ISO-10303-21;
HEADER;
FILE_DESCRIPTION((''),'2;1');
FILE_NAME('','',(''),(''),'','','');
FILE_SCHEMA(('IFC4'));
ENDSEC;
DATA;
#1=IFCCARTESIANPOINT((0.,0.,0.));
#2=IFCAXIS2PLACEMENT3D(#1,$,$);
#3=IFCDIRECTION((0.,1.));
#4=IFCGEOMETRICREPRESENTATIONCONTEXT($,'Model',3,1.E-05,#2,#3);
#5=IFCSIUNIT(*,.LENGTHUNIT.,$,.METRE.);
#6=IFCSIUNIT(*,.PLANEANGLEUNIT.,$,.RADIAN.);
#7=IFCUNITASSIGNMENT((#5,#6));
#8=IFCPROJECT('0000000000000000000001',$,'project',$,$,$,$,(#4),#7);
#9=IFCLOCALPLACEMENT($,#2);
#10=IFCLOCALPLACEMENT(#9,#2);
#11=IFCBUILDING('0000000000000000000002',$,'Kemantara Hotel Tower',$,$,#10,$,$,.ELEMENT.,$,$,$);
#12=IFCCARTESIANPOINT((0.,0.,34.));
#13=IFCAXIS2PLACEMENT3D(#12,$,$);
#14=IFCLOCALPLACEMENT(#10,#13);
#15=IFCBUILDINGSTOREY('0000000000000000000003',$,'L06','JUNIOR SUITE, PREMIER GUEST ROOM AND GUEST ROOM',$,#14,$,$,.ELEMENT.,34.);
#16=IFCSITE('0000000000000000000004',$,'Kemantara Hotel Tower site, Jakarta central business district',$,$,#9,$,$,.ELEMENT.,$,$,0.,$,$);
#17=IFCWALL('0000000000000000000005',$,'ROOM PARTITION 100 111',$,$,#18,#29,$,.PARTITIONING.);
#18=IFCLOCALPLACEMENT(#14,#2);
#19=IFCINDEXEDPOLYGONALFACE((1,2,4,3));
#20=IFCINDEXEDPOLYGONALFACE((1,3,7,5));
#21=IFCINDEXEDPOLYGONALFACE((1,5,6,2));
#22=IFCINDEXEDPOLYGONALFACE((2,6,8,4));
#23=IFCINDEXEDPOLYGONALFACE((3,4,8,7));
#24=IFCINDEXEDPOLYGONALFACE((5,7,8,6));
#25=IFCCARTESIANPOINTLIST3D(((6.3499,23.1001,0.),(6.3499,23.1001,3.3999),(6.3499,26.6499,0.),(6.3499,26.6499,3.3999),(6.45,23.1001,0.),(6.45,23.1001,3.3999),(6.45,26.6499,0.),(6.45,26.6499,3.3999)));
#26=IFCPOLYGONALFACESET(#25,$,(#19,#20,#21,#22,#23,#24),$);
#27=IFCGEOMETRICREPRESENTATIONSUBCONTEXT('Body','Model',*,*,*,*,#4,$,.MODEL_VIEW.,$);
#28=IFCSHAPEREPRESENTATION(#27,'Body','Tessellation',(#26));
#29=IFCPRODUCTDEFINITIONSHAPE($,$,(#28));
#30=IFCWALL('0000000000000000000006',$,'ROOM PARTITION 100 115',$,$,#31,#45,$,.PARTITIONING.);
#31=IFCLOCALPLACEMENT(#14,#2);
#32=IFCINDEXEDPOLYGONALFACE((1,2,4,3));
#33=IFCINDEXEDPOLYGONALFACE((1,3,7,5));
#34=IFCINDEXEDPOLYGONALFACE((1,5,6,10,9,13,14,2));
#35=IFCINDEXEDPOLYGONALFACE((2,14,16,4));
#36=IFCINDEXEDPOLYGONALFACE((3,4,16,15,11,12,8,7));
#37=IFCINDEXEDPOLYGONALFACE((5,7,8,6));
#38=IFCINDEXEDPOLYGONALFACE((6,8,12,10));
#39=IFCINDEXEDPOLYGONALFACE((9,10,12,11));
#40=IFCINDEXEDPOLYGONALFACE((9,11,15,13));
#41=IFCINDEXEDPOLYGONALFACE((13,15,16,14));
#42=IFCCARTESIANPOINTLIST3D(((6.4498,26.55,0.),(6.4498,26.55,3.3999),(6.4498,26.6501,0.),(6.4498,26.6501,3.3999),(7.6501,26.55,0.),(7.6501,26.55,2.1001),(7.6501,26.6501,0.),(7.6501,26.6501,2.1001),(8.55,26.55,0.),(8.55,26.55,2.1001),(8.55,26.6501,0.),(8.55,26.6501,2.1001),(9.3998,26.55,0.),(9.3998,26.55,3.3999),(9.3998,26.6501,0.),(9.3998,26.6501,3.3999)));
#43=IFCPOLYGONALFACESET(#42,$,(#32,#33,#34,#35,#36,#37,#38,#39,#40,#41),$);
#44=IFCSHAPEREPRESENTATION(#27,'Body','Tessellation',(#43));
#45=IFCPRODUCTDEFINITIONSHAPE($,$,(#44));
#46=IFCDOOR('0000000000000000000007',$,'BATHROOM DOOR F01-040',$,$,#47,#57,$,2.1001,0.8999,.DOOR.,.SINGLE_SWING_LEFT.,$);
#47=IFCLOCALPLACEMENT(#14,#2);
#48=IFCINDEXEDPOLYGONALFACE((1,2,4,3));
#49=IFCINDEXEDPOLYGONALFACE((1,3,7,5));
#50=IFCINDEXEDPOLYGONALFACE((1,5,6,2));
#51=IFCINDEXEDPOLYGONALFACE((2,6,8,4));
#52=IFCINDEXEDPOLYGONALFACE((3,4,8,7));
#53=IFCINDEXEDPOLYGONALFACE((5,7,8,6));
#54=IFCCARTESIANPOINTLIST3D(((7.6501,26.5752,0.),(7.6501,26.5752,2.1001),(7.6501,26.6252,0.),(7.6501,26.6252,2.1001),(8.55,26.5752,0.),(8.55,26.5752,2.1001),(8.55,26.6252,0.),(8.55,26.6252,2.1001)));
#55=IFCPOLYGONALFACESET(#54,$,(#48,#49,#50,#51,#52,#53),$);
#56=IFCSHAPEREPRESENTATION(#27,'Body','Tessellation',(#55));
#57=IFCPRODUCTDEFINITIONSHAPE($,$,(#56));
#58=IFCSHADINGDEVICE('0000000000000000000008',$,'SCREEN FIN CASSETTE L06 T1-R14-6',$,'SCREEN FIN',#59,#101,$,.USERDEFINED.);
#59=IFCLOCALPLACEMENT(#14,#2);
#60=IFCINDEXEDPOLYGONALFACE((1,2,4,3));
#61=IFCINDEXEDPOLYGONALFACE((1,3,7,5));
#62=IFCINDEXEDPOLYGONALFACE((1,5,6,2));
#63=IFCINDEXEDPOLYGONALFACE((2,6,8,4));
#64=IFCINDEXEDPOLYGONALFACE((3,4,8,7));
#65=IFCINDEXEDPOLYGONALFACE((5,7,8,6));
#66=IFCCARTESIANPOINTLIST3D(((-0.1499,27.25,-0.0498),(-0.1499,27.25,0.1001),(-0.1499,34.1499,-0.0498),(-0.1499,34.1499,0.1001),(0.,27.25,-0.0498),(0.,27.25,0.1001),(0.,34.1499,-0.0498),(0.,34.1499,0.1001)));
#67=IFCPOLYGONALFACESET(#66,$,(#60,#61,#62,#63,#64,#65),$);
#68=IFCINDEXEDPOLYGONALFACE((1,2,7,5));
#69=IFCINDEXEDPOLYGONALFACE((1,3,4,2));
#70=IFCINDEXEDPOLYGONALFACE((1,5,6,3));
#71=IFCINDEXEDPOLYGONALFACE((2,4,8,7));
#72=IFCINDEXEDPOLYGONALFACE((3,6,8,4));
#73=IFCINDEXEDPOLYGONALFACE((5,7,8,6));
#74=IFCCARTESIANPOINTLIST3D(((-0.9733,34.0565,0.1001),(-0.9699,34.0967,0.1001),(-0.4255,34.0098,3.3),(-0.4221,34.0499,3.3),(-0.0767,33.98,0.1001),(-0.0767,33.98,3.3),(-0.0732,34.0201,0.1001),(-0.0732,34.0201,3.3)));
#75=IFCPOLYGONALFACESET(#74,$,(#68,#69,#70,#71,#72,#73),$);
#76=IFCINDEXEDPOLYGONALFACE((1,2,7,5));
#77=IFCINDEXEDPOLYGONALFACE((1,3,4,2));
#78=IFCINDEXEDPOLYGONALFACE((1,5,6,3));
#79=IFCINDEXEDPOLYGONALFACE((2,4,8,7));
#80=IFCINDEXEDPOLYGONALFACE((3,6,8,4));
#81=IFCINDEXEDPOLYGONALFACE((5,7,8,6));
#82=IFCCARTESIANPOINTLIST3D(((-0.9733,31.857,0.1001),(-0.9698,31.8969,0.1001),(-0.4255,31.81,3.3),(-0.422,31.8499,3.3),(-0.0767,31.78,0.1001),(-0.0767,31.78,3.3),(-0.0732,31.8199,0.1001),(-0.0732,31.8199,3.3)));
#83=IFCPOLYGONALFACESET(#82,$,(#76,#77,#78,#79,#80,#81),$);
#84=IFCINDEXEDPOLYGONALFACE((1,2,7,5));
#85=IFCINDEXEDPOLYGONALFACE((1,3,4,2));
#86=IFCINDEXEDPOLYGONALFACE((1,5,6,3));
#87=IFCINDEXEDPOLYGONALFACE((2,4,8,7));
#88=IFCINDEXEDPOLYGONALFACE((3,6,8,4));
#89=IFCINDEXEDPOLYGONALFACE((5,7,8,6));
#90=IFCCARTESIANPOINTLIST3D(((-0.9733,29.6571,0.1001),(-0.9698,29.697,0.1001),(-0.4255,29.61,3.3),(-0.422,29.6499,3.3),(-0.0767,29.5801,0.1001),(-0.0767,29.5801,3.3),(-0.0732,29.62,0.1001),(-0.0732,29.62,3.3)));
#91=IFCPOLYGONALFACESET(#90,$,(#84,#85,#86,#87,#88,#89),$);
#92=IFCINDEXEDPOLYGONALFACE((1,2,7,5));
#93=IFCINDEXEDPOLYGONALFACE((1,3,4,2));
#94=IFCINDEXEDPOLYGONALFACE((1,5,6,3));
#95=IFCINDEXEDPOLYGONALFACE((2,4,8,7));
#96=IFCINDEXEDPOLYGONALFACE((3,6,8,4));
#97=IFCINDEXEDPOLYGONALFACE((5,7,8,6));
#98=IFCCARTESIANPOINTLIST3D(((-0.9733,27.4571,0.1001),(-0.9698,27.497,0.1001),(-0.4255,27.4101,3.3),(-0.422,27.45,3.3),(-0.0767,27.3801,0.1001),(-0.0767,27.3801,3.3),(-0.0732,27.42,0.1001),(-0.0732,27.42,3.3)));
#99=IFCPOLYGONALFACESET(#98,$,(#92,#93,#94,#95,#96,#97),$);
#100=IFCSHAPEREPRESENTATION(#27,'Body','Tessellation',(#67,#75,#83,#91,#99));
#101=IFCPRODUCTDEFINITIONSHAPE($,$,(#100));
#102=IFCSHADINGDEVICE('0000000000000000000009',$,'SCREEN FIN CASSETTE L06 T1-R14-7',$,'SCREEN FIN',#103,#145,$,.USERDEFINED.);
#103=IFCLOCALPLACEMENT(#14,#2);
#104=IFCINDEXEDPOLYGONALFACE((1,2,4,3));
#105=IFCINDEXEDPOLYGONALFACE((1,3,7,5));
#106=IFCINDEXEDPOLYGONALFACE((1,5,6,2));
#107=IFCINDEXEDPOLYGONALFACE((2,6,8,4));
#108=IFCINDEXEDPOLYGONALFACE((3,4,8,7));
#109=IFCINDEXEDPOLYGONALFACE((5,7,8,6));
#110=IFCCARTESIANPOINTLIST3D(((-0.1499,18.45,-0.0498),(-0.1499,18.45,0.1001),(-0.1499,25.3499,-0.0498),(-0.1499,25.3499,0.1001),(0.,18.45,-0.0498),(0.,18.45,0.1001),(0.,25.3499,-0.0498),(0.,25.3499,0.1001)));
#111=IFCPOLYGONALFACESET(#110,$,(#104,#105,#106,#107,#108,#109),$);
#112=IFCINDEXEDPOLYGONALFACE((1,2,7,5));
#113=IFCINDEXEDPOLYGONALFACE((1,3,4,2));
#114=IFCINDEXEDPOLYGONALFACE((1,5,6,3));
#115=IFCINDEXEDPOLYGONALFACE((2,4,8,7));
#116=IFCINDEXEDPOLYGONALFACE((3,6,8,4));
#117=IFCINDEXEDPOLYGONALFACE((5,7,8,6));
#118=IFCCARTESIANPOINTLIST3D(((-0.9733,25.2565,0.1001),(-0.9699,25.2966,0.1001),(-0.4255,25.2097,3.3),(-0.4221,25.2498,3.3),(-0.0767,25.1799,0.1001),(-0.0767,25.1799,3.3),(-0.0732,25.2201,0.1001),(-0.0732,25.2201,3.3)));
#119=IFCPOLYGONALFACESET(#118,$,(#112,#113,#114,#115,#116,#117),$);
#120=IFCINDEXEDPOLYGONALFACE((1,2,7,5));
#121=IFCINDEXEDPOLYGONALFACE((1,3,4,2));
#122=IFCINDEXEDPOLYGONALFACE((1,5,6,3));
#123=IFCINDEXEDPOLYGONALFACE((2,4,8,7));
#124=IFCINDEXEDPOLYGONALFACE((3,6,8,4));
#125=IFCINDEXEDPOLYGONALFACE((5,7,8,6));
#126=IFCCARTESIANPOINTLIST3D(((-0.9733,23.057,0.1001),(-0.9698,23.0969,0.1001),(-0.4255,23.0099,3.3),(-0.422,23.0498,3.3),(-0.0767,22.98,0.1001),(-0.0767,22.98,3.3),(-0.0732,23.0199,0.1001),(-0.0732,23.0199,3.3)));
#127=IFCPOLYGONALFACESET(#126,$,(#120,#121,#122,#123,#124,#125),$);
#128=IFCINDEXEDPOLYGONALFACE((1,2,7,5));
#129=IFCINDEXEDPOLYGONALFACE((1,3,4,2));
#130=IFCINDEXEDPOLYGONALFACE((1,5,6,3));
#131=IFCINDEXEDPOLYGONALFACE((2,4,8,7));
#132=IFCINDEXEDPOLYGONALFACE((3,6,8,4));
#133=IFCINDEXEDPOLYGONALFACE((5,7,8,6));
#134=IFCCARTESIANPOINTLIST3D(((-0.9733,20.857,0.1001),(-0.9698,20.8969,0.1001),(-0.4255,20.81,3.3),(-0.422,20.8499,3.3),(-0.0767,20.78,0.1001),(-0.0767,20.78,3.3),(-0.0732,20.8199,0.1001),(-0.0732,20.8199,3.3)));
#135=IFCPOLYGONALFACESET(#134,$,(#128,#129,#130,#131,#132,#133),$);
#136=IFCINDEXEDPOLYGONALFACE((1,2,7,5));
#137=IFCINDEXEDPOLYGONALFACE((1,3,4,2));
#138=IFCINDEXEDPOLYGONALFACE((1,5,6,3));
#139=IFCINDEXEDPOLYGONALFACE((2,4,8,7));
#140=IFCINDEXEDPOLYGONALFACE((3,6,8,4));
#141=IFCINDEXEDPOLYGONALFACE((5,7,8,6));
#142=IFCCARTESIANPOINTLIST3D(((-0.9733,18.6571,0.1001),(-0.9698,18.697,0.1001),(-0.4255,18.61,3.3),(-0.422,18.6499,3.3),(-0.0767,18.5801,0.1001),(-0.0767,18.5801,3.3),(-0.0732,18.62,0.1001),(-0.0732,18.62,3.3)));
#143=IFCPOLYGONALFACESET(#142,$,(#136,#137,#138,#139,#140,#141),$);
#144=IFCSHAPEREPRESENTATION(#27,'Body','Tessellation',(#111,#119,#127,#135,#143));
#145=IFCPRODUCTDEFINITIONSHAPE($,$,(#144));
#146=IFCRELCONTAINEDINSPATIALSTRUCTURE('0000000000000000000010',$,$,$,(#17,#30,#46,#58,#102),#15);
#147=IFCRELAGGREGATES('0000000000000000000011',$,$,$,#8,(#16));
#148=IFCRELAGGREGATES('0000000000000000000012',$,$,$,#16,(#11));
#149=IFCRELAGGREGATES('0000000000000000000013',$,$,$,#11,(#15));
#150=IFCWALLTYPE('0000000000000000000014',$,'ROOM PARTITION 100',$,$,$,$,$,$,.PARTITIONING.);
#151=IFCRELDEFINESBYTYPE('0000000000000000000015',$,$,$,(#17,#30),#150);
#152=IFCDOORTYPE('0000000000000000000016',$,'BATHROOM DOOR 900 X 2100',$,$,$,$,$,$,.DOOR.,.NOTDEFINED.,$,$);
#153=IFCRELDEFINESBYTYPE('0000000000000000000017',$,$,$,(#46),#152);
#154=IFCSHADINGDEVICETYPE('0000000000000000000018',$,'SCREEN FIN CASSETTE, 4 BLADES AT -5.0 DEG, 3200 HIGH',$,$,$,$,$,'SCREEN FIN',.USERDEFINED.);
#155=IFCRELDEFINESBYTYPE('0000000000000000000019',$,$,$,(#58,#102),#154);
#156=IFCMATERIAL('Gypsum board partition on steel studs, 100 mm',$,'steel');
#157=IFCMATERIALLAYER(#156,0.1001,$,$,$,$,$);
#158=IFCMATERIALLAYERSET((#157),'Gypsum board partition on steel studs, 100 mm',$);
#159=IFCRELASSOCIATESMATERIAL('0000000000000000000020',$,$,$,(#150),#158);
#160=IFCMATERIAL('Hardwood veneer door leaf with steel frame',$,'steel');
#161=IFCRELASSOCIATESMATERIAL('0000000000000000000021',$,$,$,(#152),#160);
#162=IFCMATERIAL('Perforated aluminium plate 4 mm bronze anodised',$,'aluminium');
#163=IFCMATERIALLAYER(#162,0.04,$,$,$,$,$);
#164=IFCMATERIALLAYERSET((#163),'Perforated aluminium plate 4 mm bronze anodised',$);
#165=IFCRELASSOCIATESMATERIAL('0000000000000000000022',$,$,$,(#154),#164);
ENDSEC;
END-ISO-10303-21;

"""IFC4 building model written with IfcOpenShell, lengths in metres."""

from ifc_helpers import new_model, si_unit, direction, frame, frame_2d, origin, origin_2d, place, context, subcontext, project, spatial, polyline, rectangle, outline, extrude, source, transform, mapped, material, layer, layer_set, type_object, element, fill, save


model = new_model("IFC4")

# Units and contexts
model_context = context("Model", 3, precision=1e-05, world=origin(), true_north=direction((0.0, 1.0)))
body_context = subcontext(model_context, "Body", "Model", "MODEL_VIEW")
ifc_project = project(units=[si_unit("LENGTHUNIT", "METRE"), si_unit("PLANEANGLEUNIT", "RADIAN")], contexts=[model_context])

# Site, building, storey
site_placement = place(None, origin())
site = spatial("IfcSite", under=ifc_project, at=site_placement, Name="Kemantara Hotel Tower site, Jakarta central business district", CompositionType="ELEMENT", RefElevation=0.0)
building_placement = place(site_placement, origin())
building = spatial("IfcBuilding", under=site, at=building_placement, Name="Kemantara Hotel Tower", CompositionType="ELEMENT")
storey_placement = place(building_placement, frame((0.0, 0.0, 34.0)))
storey = spatial("IfcBuildingStorey", under=building, at=storey_placement, Name="L06", Description="JUNIOR SUITE, PREMIER GUEST ROOM AND GUEST ROOM", CompositionType="ELEMENT", Elevation=34.0)

# Shared definitions
ifc_material_1 = material(Name="Hardwood veneer door leaf with steel frame", Category="steel")

# Wall
ifc_material_2 = material(Name="Gypsum board partition on steel studs, 100 mm", Category="steel")
ifc_layer_1 = layer(ifc_material_2, 0.1001)
ifc_layer_set_1 = layer_set([ifc_layer_1], Name="Gypsum board partition on steel studs, 100 mm")
wall_type_1 = type_object("IfcWallType", Name="ROOM PARTITION 100", PredefinedType="PARTITIONING", material=ifc_layer_set_1)
wall_1_placement = place(storey_placement, frame((6.3999, 23.1001, 0.0), z_axis=(0.0, 0.0, 1.0), x_axis=(0.0, 1.0, 0.0)))
element("IfcWall", 1, at=wall_1_placement, inside=storey, type_object=wall_type_1, Name="ROOM PARTITION 100 111", PredefinedType="PARTITIONING", context=body_context, shape_type="SweptSolid", body=[
    extrude(rectangle(XDim=3.5498, YDim=0.1001, at=frame_2d((1.7749, 0.0))), origin(), (0.0, 0.0, 1.0), 3.3999),
])

# Wall, opening, door
wall_2_placement = place(storey_placement, frame((9.3999, 26.6001, 0.0), z_axis=(0.0, 0.0, 1.0), x_axis=(-1.0, 0.0, 0.0)))
wall_2 = element("IfcWall", 2, at=wall_2_placement, inside=storey, type_object=wall_type_1, Name="ROOM PARTITION 100 115", PredefinedType="PARTITIONING", context=body_context, shape_type="SweptSolid", body=[
    extrude(rectangle(XDim=2.95, YDim=0.1001, at=frame_2d((1.4751, 0.0))), origin(), (0.0, 0.0, 1.0), 3.3999),
])
opening_1_placement = place(wall_2_placement, frame((0.8499, 0.0, 0.0)))
opening_1 = element("IfcOpeningElement", 3, at=opening_1_placement, cuts=wall_2, PredefinedType="OPENING", context=body_context, shape_type="SweptSolid", body=[
    extrude(rectangle(XDim=0.8999, YDim=2.1001, at=frame_2d((0.45, 1.05))), frame((0.0, 0.0601, 0.0), z_axis=(0.0, -1.0, 0.0), x_axis=(1.0, 0.0, 0.0)), (0.0, 0.0, 1.0), 0.1201),
])
door_type_1 = type_object("IfcDoorType", Name="BATHROOM DOOR 900 X 2100", OperationType="NOTDEFINED", PredefinedType="DOOR", material=ifc_material_1)
door_1_placement = place(opening_1_placement, origin())
door_1 = element("IfcDoor", 4, at=door_1_placement, inside=storey, type_object=door_type_1, Name="BATHROOM DOOR F01-040", OperationType="SINGLE_SWING_LEFT", OverallHeight=2.1001, OverallWidth=0.8999, PredefinedType="DOOR", context=body_context, shape_type="SweptSolid", body=[
    extrude(rectangle(XDim=0.8999, YDim=2.1001, at=frame_2d((0.45, 1.05))), frame((0.0, 0.0249, 0.0), z_axis=(0.0, -1.0, 0.0), x_axis=(1.0, 0.0, 0.0)), (0.0, 0.0, 1.0), 0.05),
])
fill(opening_1, door_1)

# Shading devices
ifc_material_3 = material(Name="Perforated aluminium plate 4 mm bronze anodised", Category="aluminium")
ifc_layer_2 = layer(ifc_material_3, 0.04)
ifc_layer_set_2 = layer_set([ifc_layer_2], Name="Perforated aluminium plate 4 mm bronze anodised")
shading_device_type = type_object("IfcShadingDeviceType", Name="SCREEN FIN CASSETTE, 4 BLADES AT -5.0 DEG, 3200 HIGH", ElementType="SCREEN FIN", PredefinedType="USERDEFINED", material=ifc_layer_set_2)
shared_shape = source(origin(), body_context, "Body", "SweptSolid", [
    extrude(rectangle(XDim=6.8999, YDim=0.1499, at=origin_2d()), frame((3.3, -0.075, -0.1499), z_axis=(0.0, 0.0, 1.0), x_axis=(1.0, 0.0, 0.0)), (0.0, 0.0, 1.0), 0.1499),
    extrude(outline(polyline([(0.0, 0.0), (0.8999, 0.0), (0.3501, 3.2), (0.0, 3.2), (0.0, 0.0)])), frame((0.02, -0.0767, 0.0), z_axis=(-0.996376, 0.085056, 0.0), x_axis=(-0.085056, -0.996376, 0.0)), (0.0, 0.0, 1.0), 0.0403),
    extrude(outline(polyline([(0.0, 0.0), (0.8999, 0.0), (0.3501, 3.2), (0.0, 3.2), (0.0, 0.0)])), frame((2.22, -0.0767, 0.0), z_axis=(-0.996332, 0.085575, 0.0), x_axis=(-0.085575, -0.996332, 0.0)), (0.0, 0.0, 1.0), 0.04),
    extrude(outline(polyline([(0.0, 0.0), (0.8999, 0.0), (0.3501, 3.2), (0.0, 3.2), (0.0, 0.0)])), frame((4.4199, -0.0767, 0.0), z_axis=(-0.996332, 0.085575, 0.0), x_axis=(-0.085575, -0.996332, 0.0)), (0.0, 0.0, 1.0), 0.04),
    extrude(outline(polyline([(0.0, 0.0), (0.8999, 0.0), (0.3501, 3.2), (0.0, 3.2), (0.0, 0.0)])), frame((6.6199, -0.0767, 0.0), z_axis=(-0.996332, 0.085575, 0.0), x_axis=(-0.085575, -0.996332, 0.0)), (0.0, 0.0, 1.0), 0.04),
])
for number, where, z_axis, x_axis, name in (
    (5, (0.0, 34.0, 0.1001), (0.0, 0.0, 1.0), (0.0, -1.0, 0.0), "SCREEN FIN CASSETTE L06 T1-R14-6"),
    (6, (0.0, 25.2, 0.1001), (0.0, 0.0, 1.0), (0.0, -1.0, 0.0), "SCREEN FIN CASSETTE L06 T1-R14-7"),
):
    element("IfcShadingDevice", number, at=place(storey_placement, frame(where, z_axis=z_axis, x_axis=x_axis)), inside=storey, type_object=shading_device_type, Name=name, ObjectType="SCREEN FIN", PredefinedType="USERDEFINED", context=body_context, shape_type="MappedRepresentation", body=[
        mapped(shared_shape, transform((0.0, 0.0, 0.0))),
    ])

save(model, "model.ifc")
